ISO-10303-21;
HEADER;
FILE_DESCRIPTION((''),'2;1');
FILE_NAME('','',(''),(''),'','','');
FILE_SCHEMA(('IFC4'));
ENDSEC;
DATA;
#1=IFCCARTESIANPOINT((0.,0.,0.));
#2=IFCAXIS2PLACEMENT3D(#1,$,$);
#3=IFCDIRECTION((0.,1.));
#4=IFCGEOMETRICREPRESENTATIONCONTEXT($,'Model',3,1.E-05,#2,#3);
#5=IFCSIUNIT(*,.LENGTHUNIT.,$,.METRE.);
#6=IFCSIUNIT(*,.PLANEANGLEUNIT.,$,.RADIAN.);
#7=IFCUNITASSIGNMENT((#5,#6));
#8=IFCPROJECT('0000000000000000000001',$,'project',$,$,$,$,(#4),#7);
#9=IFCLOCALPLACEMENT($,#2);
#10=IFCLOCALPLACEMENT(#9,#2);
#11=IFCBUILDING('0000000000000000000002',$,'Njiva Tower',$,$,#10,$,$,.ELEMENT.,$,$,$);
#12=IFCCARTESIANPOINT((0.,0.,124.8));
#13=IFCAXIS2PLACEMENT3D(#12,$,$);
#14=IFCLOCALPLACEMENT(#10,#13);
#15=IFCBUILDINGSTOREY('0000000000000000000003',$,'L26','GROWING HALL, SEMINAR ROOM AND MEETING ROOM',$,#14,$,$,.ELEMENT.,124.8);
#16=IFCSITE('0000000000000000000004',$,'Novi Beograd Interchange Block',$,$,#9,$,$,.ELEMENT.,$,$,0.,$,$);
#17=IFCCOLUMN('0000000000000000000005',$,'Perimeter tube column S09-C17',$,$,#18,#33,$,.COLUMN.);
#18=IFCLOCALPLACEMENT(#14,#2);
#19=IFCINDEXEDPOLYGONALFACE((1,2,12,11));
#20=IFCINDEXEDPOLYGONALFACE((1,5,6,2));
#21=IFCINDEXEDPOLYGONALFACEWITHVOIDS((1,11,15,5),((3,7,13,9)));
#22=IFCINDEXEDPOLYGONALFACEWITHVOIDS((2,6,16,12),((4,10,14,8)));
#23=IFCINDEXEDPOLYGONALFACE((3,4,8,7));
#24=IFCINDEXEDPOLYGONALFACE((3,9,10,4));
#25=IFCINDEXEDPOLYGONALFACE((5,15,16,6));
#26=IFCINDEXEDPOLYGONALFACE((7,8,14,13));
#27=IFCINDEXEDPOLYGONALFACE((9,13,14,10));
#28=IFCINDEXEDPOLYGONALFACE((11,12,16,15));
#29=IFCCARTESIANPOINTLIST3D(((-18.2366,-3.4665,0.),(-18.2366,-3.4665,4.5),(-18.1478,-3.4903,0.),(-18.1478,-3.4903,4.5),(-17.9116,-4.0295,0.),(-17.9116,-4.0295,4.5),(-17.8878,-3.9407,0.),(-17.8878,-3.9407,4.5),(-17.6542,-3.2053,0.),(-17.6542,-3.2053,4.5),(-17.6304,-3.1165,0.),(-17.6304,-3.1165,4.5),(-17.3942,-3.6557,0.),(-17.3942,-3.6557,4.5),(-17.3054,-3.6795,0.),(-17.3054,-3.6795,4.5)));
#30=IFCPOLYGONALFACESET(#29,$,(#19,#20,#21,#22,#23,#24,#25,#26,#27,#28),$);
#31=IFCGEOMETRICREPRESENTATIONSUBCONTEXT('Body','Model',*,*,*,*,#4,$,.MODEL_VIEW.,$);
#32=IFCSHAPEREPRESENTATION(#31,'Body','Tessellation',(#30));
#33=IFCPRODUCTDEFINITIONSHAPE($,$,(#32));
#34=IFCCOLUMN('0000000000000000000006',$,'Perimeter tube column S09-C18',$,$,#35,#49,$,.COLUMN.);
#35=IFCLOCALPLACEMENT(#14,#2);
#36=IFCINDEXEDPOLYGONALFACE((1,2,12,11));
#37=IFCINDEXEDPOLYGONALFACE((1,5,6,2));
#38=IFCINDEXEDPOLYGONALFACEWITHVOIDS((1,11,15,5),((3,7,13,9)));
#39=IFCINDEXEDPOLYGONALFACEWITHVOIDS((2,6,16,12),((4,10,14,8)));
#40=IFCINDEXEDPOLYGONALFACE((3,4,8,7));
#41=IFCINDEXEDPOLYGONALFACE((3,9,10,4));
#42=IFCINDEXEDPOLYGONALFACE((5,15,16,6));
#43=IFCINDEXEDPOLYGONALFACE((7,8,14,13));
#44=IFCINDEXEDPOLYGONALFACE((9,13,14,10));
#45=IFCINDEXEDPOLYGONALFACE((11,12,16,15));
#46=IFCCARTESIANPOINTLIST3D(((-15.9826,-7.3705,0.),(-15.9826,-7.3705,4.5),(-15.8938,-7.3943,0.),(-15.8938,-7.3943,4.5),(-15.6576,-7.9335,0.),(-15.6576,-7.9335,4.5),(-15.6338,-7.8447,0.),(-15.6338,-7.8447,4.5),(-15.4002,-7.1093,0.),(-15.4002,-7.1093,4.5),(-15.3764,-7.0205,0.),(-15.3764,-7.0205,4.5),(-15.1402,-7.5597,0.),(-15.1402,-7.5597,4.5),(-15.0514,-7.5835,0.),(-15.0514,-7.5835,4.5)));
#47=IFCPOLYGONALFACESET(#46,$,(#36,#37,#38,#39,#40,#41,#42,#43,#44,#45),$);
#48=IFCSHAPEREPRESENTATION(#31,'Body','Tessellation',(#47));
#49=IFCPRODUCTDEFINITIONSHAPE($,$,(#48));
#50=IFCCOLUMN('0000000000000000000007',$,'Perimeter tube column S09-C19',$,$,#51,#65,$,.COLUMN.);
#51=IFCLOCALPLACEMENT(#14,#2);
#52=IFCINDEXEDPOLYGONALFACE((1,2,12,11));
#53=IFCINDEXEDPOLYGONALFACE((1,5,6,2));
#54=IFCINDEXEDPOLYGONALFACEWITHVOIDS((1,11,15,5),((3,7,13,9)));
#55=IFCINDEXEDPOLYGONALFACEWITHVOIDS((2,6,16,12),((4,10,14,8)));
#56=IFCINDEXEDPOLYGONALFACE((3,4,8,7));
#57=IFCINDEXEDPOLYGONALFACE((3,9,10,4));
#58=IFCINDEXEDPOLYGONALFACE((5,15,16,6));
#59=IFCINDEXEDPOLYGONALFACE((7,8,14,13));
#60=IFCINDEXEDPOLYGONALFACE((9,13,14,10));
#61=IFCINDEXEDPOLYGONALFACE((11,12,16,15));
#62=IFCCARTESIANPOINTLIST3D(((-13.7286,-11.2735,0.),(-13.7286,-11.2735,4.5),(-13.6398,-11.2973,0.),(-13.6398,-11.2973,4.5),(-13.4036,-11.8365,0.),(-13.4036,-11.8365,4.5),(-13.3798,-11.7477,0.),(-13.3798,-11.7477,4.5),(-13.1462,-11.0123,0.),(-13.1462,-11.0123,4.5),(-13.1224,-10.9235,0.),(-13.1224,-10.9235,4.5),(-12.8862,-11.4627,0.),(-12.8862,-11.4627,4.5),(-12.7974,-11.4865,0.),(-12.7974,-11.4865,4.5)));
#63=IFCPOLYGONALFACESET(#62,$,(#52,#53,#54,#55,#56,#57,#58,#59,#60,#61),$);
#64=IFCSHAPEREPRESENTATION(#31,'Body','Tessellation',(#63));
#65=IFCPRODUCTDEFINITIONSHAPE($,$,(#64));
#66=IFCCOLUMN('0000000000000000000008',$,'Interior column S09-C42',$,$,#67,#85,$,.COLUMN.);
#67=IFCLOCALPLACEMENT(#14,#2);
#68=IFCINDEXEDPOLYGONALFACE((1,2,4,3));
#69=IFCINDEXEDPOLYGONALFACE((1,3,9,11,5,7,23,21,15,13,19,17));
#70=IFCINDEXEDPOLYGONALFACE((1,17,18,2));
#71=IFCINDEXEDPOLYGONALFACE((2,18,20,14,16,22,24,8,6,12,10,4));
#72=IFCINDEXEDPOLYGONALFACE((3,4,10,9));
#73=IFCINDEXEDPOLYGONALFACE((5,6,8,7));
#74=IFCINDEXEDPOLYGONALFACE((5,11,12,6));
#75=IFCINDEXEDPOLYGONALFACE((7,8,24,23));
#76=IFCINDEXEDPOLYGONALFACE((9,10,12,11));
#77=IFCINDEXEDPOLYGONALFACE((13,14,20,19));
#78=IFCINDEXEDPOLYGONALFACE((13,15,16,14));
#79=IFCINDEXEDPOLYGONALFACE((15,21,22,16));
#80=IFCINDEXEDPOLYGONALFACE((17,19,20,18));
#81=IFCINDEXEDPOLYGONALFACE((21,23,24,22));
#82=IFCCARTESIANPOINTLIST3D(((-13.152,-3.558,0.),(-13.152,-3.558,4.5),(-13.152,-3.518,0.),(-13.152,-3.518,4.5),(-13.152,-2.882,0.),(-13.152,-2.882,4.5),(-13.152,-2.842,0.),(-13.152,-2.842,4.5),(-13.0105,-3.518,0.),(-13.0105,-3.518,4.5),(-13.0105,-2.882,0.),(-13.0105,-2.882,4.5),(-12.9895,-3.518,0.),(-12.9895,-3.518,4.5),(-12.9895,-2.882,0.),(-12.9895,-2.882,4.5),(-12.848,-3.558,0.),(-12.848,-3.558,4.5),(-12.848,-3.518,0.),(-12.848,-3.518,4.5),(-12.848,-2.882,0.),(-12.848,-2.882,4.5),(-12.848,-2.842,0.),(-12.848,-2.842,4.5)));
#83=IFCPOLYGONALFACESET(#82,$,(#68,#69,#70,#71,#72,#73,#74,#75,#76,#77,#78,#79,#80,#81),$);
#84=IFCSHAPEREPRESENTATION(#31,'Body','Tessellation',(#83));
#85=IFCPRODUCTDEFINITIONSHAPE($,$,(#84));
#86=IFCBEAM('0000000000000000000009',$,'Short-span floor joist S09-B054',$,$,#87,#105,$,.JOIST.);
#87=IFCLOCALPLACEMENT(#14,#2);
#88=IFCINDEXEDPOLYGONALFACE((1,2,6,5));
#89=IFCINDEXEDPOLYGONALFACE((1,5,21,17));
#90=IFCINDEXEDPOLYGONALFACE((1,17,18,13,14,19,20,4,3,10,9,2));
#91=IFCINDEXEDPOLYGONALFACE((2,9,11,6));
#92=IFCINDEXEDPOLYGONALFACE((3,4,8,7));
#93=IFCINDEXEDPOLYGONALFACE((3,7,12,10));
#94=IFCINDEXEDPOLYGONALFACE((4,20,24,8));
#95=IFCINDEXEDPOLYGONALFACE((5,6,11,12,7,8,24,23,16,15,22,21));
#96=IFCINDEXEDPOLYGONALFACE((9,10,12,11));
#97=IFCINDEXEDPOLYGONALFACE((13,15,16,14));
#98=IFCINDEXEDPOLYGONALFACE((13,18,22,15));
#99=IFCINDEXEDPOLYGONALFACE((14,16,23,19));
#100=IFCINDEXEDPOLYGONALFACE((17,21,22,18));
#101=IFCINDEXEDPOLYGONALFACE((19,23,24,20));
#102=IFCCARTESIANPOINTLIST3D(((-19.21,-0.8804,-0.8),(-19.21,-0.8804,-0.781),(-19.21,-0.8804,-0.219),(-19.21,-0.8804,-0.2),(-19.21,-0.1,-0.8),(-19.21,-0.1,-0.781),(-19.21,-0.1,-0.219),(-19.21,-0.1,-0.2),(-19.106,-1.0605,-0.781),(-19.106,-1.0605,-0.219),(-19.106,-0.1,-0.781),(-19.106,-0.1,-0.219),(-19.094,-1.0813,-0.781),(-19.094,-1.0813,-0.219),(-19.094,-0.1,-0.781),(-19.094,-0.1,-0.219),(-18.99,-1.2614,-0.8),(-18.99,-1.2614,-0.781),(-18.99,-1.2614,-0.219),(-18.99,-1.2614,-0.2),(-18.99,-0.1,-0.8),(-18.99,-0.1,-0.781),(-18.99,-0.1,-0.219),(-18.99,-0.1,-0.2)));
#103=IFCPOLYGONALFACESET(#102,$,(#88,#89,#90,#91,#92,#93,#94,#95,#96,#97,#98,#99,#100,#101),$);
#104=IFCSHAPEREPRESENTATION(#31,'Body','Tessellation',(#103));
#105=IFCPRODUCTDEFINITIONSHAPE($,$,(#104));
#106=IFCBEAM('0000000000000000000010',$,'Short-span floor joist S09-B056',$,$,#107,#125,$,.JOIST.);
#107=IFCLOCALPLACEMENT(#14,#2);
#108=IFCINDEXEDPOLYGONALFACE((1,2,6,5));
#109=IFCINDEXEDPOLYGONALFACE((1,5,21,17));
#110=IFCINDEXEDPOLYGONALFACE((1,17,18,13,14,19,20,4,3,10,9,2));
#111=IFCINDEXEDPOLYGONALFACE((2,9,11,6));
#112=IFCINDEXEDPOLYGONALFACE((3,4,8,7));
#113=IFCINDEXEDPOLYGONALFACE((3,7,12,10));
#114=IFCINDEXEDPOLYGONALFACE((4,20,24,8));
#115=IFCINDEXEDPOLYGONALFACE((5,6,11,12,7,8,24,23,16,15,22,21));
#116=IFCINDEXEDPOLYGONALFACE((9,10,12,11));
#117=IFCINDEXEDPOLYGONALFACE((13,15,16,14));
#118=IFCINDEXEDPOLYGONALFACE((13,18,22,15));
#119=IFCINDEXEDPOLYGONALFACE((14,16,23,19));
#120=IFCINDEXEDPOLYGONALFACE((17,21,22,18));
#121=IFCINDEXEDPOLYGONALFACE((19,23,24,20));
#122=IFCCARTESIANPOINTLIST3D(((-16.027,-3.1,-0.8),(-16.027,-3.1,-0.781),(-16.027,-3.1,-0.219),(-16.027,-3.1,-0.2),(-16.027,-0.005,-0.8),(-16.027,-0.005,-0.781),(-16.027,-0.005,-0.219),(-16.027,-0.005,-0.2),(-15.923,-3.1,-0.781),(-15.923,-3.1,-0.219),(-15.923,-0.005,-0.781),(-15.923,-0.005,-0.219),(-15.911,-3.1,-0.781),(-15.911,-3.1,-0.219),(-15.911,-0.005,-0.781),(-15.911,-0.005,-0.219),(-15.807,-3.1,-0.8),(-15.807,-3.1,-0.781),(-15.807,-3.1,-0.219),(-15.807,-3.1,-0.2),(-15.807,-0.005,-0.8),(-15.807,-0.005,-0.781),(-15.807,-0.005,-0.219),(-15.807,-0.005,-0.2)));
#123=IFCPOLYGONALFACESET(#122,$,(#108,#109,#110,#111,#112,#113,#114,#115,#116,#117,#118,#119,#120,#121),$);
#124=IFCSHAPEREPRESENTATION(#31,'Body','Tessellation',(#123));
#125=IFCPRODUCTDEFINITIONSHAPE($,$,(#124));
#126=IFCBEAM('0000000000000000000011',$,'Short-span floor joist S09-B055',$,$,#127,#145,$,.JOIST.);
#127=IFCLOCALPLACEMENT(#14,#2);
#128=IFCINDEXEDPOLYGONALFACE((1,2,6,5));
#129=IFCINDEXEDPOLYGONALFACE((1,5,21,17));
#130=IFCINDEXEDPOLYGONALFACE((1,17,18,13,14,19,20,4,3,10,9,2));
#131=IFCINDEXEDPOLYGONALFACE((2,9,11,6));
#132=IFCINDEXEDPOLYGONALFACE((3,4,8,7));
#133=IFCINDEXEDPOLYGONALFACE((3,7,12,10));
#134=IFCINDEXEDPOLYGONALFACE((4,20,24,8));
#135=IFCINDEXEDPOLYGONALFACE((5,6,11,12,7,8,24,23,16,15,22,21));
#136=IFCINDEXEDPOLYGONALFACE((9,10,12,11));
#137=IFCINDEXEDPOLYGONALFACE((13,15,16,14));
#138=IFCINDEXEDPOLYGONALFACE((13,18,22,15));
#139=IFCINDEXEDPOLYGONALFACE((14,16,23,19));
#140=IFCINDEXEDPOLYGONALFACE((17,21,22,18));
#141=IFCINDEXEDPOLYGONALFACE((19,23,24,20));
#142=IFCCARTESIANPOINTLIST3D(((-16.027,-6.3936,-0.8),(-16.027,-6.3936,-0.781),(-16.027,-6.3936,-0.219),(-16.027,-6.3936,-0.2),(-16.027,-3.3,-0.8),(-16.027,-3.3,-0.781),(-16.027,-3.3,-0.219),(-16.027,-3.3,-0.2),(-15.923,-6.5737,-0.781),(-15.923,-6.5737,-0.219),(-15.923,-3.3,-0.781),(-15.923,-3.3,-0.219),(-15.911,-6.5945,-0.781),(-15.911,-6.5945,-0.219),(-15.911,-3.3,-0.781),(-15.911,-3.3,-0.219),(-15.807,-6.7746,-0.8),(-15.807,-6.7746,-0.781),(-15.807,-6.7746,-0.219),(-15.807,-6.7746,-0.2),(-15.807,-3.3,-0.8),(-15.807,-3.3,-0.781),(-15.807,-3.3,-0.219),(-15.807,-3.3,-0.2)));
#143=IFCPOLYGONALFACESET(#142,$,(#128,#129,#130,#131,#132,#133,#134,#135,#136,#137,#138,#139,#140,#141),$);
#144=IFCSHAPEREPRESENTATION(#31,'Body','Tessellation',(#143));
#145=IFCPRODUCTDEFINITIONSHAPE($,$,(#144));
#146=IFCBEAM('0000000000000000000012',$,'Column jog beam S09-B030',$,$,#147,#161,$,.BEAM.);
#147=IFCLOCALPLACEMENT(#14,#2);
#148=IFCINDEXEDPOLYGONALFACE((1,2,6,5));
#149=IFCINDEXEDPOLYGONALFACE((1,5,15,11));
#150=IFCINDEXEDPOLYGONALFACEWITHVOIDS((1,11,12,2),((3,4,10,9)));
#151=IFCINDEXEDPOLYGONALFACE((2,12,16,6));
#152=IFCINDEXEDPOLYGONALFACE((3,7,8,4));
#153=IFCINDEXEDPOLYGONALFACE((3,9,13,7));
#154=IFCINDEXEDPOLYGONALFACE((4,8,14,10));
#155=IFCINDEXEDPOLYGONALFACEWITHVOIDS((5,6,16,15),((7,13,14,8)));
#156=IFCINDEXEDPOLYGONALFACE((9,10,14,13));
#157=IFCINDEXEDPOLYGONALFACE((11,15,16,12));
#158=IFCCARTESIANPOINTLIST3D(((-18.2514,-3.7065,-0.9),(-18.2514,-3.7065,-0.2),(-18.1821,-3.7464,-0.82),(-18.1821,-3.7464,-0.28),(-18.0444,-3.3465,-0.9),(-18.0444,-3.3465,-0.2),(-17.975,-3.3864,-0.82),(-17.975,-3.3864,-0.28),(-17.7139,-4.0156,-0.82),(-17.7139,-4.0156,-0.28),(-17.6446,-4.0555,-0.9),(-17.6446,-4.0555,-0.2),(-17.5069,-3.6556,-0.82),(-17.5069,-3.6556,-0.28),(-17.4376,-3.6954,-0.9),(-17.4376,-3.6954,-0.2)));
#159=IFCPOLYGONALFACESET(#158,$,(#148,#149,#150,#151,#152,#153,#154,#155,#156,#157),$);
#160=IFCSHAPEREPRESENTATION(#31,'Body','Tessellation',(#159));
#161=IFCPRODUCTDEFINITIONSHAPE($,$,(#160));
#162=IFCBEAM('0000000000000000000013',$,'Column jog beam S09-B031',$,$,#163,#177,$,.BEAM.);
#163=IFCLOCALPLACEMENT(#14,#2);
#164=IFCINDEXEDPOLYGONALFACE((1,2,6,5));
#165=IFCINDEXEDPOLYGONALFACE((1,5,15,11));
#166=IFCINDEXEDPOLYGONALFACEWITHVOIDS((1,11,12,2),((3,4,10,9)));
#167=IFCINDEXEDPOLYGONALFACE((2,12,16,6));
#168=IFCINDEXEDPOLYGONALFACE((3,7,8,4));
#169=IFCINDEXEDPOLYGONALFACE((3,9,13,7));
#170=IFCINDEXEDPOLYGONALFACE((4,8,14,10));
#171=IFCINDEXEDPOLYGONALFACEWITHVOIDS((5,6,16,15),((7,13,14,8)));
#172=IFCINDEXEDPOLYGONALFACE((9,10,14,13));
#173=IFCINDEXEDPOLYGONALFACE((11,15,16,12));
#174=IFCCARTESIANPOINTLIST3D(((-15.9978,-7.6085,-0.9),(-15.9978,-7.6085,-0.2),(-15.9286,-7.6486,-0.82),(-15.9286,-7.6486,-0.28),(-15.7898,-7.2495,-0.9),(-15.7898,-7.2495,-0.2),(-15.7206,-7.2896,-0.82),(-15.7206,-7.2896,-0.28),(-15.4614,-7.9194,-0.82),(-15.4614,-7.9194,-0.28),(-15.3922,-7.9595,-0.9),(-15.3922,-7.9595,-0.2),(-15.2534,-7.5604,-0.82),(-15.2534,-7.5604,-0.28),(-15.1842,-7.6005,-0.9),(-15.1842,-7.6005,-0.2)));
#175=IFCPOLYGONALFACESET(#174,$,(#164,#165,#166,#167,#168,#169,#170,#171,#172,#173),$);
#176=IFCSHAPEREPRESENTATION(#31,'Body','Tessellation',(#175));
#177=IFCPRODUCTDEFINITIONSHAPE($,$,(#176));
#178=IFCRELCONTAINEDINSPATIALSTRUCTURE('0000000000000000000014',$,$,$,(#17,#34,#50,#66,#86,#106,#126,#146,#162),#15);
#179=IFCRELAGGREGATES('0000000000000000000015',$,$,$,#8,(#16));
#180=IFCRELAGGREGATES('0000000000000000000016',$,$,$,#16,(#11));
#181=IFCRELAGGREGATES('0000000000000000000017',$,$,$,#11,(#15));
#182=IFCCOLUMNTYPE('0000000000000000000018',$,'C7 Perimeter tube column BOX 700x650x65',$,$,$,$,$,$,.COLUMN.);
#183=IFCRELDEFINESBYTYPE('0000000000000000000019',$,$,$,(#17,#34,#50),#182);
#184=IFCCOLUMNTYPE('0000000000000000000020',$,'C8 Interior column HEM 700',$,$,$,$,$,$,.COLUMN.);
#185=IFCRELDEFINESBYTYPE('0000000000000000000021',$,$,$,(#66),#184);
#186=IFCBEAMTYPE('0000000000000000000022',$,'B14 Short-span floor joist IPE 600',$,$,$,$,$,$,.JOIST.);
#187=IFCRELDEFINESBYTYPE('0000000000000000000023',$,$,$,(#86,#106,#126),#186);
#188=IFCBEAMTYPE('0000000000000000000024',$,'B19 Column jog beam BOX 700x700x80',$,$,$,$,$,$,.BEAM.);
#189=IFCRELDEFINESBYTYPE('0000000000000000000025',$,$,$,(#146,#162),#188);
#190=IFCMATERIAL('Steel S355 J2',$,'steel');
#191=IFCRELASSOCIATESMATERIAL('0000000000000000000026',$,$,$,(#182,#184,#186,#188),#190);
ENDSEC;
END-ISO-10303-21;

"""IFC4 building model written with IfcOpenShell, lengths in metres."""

from ifc_helpers import new_model, si_unit, direction, frame, origin, origin_2d, place, context, subcontext, project, spatial, hollow_rectangle, i_section, extrude, clip, halfspace, material, material_profile, profile_set, type_object, element, save


model = new_model("IFC4")

# Units and contexts
model_context = context("Model", 3, precision=1e-05, world=origin(), true_north=direction((0.0, 1.0)))
body_context = subcontext(model_context, "Body", "Model", "MODEL_VIEW")
ifc_project = project(units=[si_unit("LENGTHUNIT", "METRE"), si_unit("PLANEANGLEUNIT", "RADIAN")], contexts=[model_context])

# Site, building, storey
site_placement = place(None, origin())
site = spatial("IfcSite", under=ifc_project, at=site_placement, Name="Novi Beograd Interchange Block", CompositionType="ELEMENT", RefElevation=0.0)
building_placement = place(site_placement, origin())
building = spatial("IfcBuilding", under=site, at=building_placement, Name="Njiva Tower", CompositionType="ELEMENT")
storey_placement = place(building_placement, frame((0.0, 0.0, 124.8)))
storey = spatial("IfcBuildingStorey", under=building, at=storey_placement, Name="L26", Description="GROWING HALL, SEMINAR ROOM AND MEETING ROOM", CompositionType="ELEMENT", Elevation=124.8)

# Columns
ifc_material_1 = material(Name="Steel S355 J2", Category="steel")
ifc_material_profile_1 = material_profile(ifc_material_1, hollow_rectangle(XDim=0.65, YDim=0.7, WallThickness=0.065, at=origin_2d()), Name="BOX 700x650x65")
ifc_profile_set_1 = profile_set([ifc_material_profile_1], Name="Steel S355 J2")
column_type_1 = type_object("IfcColumnType", Name="C7 Perimeter tube column BOX 700x650x65", PredefinedType="COLUMN", material=ifc_profile_set_1)
for number, where, z_axis, x_axis, name in (
    (1, (-17.771, -3.573, 0.0), (0.0, 0.0, 1.0), (0.5, -0.866025, 0.0), "Perimeter tube column S09-C17"),
    (2, (-15.517, -7.477, 0.0), (0.0, 0.0, 1.0), (0.5, -0.866025, 0.0), "Perimeter tube column S09-C18"),
    (3, (-13.263, -11.38, 0.0), (0.0, 0.0, 1.0), (0.5, -0.866025, 0.0), "Perimeter tube column S09-C19"),
):
    element("IfcColumn", number, at=place(storey_placement, frame(where, z_axis=z_axis, x_axis=x_axis)), inside=storey, type_object=column_type_1, Name=name, PredefinedType="COLUMN", context=body_context, shape_type="SweptSolid", body=[
        extrude(hollow_rectangle(XDim=0.65, YDim=0.7, WallThickness=0.065, at=origin_2d()), origin(), (0.0, 0.0, 1.0), 4.5),
    ])
ifc_material_profile_2 = material_profile(ifc_material_1, i_section(OverallWidth=0.304, OverallDepth=0.716, WebThickness=0.021, FlangeThickness=0.04, at=origin_2d()), Name="HEM 700")
ifc_profile_set_2 = profile_set([ifc_material_profile_2], Name="Steel S355 J2")
column_type_2 = type_object("IfcColumnType", Name="C8 Interior column HEM 700", PredefinedType="COLUMN", material=ifc_profile_set_2)
column_placement = place(storey_placement, frame((-13.0, -3.2, 0.0), z_axis=(0.0, 0.0, 1.0), x_axis=(1.0, 0.0, 0.0)))
element("IfcColumn", 4, at=column_placement, inside=storey, type_object=column_type_2, Name="Interior column S09-C42", PredefinedType="COLUMN", context=body_context, shape_type="SweptSolid", body=[
    extrude(i_section(OverallWidth=0.304, OverallDepth=0.716, WebThickness=0.021, FlangeThickness=0.04, at=origin_2d()), origin(), (0.0, 0.0, 1.0), 4.5),
])

# Beams
ifc_material_profile_3 = material_profile(ifc_material_1, i_section(OverallWidth=0.22, OverallDepth=0.6, WebThickness=0.012, FlangeThickness=0.019, at=origin_2d()), Name="IPE 600")
ifc_profile_set_3 = profile_set([ifc_material_profile_3], Name="Steel S355 J2")
beam_type_1 = type_object("IfcBeamType", Name="B14 Short-span floor joist IPE 600", PredefinedType="JOIST", material=ifc_profile_set_3)
beam_1_placement = place(storey_placement, frame((-19.1, -0.1, -0.5), z_axis=(0.0, -1.0, 0.0), x_axis=(1.0, 0.0, 0.0)))
element("IfcBeam", 5, at=beam_1_placement, inside=storey, type_object=beam_type_1, Name="Short-span floor joist S09-B054", PredefinedType="JOIST", context=body_context, shape_type="Clipping", body=[
    clip(extrude(i_section(OverallWidth=0.22, OverallDepth=0.6, WebThickness=0.012, FlangeThickness=0.019, at=origin_2d()), origin(), (0.0, 0.0, 1.0), 1.182), halfspace(frame((-0.0433, 0.0, 0.8959), z_axis=(-0.866027, 0.0, 0.499998), x_axis=(0.0, 1.0, 0.0)), False)),
])
beam_2_placement = place(storey_placement, frame((-15.917, -0.005, -0.5), z_axis=(0.0, -1.0, 0.0), x_axis=(1.0, 0.0, 0.0)))
element("IfcBeam", 6, at=beam_2_placement, inside=storey, type_object=beam_type_1, Name="Short-span floor joist S09-B056", PredefinedType="JOIST", context=body_context, shape_type="SweptSolid", body=[
    extrude(i_section(OverallWidth=0.22, OverallDepth=0.6, WebThickness=0.012, FlangeThickness=0.019, at=origin_2d()), origin(), (0.0, 0.0, 1.0), 3.095),
])
beam_3_placement = place(storey_placement, frame((-15.917, -3.3, -0.5), z_axis=(0.0, -1.0, 0.0), x_axis=(1.0, 0.0, 0.0)))
element("IfcBeam", 7, at=beam_3_placement, inside=storey, type_object=beam_type_1, Name="Short-span floor joist S09-B055", PredefinedType="JOIST", context=body_context, shape_type="Clipping", body=[
    clip(extrude(i_section(OverallWidth=0.22, OverallDepth=0.6, WebThickness=0.012, FlangeThickness=0.019, at=origin_2d()), origin(), (0.0, 0.0, 1.0), 3.496), halfspace(frame((-0.043, 0.0, 3.2096), z_axis=(-0.866027, 0.0, 0.499998), x_axis=(0.0, 1.0, 0.0)), False)),
])
ifc_material_profile_4 = material_profile(ifc_material_1, hollow_rectangle(XDim=0.7, YDim=0.7, WallThickness=0.08, at=origin_2d()), Name="BOX 700x700x80")
ifc_profile_set_4 = profile_set([ifc_material_profile_4], Name="Steel S355 J2")
beam_type_2 = type_object("IfcBeamType", Name="B19 Column jog beam BOX 700x700x80", PredefinedType="BEAM", material=ifc_profile_set_4)
beam_4_placement = place(storey_placement, frame((-17.948, -3.881, -0.55), z_axis=(0.498471, 0.866906, 0.0), x_axis=(-0.866906, 0.498471, 0.0)))
element("IfcBeam", 8, at=beam_4_placement, inside=storey, type_object=beam_type_2, Name="Column jog beam S09-B030", PredefinedType="BEAM", context=body_context, shape_type="SweptSolid", body=[
    extrude(hollow_rectangle(XDim=0.7, YDim=0.7, WallThickness=0.08, at=origin_2d()), origin(), (0.0, 0.0, 1.0), 0.4153),
])
beam_5_placement = place(storey_placement, frame((-15.695, -7.784, -0.55), z_axis=(0.501321, 0.865261, 0.0), x_axis=(-0.865261, 0.501321, 0.0)))
element("IfcBeam", 9, at=beam_5_placement, inside=storey, type_object=beam_type_2, Name="Column jog beam S09-B031", PredefinedType="BEAM", context=body_context, shape_type="SweptSolid", body=[
    extrude(hollow_rectangle(XDim=0.7, YDim=0.7, WallThickness=0.08, at=origin_2d()), origin(), (0.0, 0.0, 1.0), 0.4149),
])

save(model, "model.ifc")
